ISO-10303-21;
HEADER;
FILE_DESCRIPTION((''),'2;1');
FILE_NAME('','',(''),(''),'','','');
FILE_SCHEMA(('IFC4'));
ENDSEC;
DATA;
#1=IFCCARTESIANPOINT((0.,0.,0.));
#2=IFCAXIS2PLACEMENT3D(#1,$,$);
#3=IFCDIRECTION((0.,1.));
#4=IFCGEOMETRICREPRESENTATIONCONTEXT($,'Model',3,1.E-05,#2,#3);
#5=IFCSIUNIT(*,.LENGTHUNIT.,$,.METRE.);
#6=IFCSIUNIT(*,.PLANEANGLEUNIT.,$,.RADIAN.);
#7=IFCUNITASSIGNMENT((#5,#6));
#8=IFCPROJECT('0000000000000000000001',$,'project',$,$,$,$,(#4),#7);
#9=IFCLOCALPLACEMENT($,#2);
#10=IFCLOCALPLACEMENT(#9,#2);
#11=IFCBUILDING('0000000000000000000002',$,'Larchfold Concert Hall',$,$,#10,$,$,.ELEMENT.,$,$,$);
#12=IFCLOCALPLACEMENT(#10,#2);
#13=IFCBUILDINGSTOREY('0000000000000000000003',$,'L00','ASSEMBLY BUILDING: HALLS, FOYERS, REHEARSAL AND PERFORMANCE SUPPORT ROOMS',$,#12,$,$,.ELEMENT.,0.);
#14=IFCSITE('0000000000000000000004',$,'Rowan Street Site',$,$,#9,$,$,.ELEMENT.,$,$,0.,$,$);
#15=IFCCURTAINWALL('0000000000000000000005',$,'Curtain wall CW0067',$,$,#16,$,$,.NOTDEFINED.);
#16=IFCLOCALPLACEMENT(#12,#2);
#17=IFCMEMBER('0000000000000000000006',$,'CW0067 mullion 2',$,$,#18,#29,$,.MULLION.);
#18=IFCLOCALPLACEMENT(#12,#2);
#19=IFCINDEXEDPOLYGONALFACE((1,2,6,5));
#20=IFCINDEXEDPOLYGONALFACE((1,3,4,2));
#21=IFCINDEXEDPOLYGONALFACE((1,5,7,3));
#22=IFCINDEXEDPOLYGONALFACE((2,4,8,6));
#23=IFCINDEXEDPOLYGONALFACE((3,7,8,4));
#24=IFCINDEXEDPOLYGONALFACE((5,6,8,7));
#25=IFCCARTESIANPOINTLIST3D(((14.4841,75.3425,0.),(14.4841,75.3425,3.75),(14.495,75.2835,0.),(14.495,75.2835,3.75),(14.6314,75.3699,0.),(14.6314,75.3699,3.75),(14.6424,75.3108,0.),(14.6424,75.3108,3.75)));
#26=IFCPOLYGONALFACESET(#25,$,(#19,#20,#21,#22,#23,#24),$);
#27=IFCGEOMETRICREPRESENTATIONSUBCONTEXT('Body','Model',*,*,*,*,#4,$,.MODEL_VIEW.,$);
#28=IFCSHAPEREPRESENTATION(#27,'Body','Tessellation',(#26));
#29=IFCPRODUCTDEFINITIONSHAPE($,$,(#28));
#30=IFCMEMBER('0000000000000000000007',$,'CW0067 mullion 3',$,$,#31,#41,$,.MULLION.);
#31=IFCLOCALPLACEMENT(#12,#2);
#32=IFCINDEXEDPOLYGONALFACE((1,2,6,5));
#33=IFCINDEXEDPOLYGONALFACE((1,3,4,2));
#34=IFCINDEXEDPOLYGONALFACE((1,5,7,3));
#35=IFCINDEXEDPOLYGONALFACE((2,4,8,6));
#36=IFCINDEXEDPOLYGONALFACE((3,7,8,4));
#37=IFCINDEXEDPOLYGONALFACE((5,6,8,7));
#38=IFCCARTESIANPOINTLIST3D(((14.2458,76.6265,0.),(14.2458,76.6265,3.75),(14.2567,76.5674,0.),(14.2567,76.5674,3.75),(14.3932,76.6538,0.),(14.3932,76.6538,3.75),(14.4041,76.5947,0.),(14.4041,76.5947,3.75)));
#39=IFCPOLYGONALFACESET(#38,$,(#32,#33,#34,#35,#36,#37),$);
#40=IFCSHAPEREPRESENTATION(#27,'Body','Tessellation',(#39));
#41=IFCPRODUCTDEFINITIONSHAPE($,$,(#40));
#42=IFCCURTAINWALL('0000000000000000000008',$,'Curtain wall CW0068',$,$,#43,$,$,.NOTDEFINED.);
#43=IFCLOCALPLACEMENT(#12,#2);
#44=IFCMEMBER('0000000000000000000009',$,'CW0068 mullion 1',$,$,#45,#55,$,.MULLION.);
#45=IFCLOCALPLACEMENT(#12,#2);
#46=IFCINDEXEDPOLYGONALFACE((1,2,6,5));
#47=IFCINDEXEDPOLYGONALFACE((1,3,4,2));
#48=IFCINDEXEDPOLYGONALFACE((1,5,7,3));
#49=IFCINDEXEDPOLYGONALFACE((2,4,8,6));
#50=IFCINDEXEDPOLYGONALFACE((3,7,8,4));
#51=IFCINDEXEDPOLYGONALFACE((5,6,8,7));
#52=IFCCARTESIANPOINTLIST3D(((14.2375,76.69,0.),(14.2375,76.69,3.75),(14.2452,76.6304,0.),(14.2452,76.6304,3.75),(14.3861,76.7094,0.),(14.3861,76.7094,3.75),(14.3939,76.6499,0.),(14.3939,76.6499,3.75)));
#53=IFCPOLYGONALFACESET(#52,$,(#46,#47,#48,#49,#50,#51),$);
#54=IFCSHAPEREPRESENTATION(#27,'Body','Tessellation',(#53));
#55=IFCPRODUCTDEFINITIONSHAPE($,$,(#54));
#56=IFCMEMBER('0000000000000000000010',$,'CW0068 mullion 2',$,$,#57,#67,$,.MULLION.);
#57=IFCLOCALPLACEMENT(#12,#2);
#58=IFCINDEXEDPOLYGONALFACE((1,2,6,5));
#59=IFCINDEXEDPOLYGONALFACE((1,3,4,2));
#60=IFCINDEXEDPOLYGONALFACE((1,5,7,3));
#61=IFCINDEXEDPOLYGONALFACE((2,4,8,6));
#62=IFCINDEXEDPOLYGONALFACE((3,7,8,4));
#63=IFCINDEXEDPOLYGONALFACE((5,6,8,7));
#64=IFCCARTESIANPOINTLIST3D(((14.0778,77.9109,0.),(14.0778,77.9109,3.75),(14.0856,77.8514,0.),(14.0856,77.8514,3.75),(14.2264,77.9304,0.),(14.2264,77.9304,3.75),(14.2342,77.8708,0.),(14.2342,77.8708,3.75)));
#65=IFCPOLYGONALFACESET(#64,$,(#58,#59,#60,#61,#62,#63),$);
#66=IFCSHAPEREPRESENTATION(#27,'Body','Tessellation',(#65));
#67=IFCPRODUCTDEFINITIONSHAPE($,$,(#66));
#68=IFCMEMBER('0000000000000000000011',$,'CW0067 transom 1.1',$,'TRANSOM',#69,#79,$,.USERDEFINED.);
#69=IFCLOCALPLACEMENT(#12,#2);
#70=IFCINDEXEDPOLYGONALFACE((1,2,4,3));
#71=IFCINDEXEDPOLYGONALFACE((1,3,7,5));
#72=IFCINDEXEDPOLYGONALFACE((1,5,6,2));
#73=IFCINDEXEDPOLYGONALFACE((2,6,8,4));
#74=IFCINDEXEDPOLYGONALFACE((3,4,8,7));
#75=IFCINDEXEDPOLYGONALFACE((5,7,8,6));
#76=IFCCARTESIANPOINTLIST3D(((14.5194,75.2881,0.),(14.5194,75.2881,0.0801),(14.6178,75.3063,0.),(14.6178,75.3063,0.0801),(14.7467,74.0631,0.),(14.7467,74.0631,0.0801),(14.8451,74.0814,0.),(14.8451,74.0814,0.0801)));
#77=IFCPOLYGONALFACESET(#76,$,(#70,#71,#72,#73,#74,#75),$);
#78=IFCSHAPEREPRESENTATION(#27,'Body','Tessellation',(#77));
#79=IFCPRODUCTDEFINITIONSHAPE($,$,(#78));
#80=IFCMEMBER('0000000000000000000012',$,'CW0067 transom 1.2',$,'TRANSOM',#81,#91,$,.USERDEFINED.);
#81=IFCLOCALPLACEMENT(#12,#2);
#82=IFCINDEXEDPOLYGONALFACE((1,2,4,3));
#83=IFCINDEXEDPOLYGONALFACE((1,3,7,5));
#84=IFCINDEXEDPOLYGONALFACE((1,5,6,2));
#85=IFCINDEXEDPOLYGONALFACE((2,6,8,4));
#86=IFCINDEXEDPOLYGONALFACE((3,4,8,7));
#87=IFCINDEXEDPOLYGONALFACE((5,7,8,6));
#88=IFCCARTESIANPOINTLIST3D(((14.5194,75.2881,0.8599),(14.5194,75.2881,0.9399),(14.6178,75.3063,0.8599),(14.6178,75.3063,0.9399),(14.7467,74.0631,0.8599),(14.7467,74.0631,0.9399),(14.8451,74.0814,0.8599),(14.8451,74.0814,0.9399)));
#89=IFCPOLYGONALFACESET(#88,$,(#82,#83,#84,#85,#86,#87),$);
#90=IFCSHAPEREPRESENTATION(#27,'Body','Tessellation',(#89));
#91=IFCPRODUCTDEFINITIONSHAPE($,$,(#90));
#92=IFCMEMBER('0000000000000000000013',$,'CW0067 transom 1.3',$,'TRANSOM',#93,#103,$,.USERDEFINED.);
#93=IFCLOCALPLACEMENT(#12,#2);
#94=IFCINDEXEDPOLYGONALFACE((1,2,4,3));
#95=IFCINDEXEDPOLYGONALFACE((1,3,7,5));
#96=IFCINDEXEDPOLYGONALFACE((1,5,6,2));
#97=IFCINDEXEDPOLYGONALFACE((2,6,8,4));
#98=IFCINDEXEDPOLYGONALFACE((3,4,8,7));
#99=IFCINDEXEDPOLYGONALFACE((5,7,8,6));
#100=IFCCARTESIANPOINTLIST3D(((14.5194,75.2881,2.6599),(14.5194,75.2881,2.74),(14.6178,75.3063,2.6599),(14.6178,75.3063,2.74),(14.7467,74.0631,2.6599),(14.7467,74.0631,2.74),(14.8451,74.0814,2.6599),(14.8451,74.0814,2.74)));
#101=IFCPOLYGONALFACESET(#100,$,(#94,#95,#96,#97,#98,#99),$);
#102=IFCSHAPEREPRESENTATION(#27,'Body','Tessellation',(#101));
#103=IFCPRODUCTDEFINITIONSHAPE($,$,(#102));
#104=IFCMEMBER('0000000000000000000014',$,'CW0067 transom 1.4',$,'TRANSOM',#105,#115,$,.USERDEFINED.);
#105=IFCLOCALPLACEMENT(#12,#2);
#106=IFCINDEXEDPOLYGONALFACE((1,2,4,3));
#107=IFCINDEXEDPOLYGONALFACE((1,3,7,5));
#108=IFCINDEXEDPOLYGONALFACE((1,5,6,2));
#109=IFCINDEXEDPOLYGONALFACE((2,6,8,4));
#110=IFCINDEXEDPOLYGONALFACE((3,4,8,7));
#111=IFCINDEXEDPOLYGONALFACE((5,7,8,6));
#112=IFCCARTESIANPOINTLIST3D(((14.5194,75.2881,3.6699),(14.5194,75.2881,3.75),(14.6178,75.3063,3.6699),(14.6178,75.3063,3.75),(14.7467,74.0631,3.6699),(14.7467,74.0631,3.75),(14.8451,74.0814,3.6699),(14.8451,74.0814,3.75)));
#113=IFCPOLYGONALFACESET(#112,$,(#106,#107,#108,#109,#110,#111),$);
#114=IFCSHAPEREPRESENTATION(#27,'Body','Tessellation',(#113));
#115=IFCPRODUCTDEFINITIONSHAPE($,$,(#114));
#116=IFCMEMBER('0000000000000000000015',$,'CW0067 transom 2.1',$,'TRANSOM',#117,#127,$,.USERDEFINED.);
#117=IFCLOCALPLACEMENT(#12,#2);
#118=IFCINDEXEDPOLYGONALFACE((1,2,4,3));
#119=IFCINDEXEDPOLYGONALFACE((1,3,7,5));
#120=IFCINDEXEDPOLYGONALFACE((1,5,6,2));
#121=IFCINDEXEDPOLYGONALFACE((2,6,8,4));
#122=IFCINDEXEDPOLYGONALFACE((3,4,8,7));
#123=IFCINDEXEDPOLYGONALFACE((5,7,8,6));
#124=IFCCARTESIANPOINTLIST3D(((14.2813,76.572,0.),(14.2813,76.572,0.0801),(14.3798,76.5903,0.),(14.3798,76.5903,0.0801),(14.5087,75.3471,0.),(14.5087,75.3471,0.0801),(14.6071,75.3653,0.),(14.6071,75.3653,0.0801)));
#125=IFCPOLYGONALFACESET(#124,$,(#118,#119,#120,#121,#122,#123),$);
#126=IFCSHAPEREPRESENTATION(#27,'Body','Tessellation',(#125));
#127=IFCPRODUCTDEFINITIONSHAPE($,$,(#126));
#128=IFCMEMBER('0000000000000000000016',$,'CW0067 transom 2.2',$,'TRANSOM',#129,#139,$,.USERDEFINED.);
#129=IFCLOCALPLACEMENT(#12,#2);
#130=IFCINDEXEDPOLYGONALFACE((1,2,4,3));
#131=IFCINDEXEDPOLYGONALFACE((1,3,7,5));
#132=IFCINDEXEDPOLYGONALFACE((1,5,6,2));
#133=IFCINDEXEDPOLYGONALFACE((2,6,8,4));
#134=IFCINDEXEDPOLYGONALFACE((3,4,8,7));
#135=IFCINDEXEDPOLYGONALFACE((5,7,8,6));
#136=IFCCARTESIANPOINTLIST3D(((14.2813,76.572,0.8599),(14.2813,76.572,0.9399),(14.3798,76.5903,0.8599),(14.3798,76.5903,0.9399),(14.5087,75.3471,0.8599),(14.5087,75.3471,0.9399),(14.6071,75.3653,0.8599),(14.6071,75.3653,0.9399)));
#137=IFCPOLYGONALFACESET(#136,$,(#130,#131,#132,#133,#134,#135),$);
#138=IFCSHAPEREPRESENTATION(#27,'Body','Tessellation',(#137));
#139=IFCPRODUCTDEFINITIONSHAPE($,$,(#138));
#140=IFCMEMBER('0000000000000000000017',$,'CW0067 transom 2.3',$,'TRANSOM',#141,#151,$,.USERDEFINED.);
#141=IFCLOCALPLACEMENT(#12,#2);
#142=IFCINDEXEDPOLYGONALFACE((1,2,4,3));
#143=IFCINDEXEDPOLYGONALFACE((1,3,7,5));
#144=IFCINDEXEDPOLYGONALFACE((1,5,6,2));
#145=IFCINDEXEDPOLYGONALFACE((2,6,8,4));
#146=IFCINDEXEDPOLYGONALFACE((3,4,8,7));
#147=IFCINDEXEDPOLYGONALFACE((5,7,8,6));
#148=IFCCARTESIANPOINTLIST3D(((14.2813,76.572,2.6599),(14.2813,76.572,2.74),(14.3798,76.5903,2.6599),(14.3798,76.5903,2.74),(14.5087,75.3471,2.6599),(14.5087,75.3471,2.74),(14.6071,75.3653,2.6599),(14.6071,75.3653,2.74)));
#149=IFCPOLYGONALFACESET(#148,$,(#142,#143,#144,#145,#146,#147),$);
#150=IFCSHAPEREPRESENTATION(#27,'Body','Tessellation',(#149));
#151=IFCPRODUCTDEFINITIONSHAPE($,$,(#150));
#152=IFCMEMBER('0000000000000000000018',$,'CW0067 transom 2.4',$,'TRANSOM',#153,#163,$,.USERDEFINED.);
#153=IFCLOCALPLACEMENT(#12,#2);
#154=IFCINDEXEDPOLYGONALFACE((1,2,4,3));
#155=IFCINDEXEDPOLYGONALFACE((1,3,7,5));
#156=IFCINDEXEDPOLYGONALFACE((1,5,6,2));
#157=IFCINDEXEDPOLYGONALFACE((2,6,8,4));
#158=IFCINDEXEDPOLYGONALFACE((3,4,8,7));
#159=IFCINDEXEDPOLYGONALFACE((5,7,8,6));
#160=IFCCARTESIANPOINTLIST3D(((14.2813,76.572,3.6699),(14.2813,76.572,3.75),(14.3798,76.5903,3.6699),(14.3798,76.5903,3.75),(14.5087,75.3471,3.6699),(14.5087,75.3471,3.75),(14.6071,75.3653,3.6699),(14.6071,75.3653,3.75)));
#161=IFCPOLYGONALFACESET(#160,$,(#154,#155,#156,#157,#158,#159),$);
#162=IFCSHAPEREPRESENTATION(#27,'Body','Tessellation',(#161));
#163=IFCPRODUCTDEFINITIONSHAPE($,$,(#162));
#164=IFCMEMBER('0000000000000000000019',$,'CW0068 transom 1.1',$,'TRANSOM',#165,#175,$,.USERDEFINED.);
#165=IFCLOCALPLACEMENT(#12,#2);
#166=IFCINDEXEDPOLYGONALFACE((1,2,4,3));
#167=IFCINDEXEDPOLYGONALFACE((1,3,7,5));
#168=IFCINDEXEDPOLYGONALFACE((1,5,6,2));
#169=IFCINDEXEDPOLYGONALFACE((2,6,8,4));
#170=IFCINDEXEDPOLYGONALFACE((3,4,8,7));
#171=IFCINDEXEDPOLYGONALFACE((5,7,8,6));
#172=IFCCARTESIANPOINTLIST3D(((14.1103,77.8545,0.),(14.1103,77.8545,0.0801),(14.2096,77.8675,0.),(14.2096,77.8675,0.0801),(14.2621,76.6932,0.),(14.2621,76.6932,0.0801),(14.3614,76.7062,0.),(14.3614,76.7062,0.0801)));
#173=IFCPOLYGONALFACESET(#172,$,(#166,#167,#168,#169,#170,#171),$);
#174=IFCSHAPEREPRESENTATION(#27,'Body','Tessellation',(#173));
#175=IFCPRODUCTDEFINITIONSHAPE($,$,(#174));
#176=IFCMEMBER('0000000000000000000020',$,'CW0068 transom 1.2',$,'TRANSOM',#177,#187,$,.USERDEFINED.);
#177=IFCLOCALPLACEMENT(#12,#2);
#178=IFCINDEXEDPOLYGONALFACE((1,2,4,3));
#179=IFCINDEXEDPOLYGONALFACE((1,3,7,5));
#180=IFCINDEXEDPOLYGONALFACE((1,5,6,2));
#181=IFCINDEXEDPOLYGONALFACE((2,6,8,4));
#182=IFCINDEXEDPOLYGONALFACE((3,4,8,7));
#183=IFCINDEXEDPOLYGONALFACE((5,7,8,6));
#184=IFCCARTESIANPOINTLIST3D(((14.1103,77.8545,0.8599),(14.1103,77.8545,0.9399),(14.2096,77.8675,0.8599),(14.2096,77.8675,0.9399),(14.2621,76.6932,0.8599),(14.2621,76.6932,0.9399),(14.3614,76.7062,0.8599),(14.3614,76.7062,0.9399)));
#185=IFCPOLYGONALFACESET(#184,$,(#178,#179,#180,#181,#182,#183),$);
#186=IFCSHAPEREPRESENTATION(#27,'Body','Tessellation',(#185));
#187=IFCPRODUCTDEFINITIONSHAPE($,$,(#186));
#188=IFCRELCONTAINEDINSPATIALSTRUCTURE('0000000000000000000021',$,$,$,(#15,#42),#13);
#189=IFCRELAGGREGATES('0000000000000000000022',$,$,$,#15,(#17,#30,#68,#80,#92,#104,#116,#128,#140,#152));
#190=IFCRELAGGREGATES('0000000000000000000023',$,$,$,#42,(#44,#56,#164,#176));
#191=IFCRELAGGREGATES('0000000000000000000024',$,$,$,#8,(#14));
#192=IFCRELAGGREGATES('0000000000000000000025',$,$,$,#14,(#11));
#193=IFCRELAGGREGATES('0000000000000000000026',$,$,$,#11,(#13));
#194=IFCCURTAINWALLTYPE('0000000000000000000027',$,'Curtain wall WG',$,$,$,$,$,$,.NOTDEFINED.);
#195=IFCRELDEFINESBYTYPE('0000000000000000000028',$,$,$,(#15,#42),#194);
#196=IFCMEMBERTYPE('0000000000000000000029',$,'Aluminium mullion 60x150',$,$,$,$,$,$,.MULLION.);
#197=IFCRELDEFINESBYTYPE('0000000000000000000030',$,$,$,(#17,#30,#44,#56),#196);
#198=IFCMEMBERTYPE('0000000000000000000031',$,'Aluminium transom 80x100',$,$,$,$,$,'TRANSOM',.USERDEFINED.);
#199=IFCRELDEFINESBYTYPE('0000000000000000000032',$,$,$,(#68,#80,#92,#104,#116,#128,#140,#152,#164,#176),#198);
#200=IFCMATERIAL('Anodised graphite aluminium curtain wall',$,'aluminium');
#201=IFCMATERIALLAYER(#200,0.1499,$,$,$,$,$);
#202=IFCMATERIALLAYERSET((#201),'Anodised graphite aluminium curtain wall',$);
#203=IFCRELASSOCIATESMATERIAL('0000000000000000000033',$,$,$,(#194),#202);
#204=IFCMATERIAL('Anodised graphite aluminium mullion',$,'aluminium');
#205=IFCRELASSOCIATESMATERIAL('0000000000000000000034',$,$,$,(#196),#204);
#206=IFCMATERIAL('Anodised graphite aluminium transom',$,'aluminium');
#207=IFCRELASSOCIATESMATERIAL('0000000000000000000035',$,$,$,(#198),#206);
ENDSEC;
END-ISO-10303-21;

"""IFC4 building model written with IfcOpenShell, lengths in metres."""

from ifc_helpers import new_model, si_unit, direction, frame, origin, origin_2d, place, context, subcontext, project, spatial, rectangle, extrude, material, layer, layer_set, material_profile, profile_set, type_object, element, aggregate, save


model = new_model("IFC4")

# Units and contexts
model_context = context("Model", 3, precision=1e-05, world=origin(), true_north=direction((0.0, 1.0)))
body_context = subcontext(model_context, "Body", "Model", "MODEL_VIEW")
ifc_project = project(units=[si_unit("LENGTHUNIT", "METRE"), si_unit("PLANEANGLEUNIT", "RADIAN")], contexts=[model_context])

# Site, building, storey
site_placement = place(None, origin())
site = spatial("IfcSite", under=ifc_project, at=site_placement, Name="Rowan Street Site", CompositionType="ELEMENT", RefElevation=0.0)
building_placement = place(site_placement, origin())
building = spatial("IfcBuilding", under=site, at=building_placement, Name="Larchfold Concert Hall", CompositionType="ELEMENT")
storey_placement = place(building_placement, origin())
storey = spatial("IfcBuildingStorey", under=building, at=storey_placement, Name="L00", Description="ASSEMBLY BUILDING: HALLS, FOYERS, REHEARSAL AND PERFORMANCE SUPPORT ROOMS", CompositionType="ELEMENT", Elevation=0.0)

# Curtain walls, members
ifc_material_1 = material(Name="Anodised graphite aluminium curtain wall", Category="aluminium")
ifc_layer_1 = layer(ifc_material_1, 0.1499)
ifc_layer_set_1 = layer_set([ifc_layer_1], Name="Anodised graphite aluminium curtain wall")
curtain_wall_type = type_object("IfcCurtainWallType", Name="Curtain wall WG", PredefinedType="NOTDEFINED", material=ifc_layer_set_1)
curtain_wall_1_placement = place(storey_placement, origin())
curtain_wall_1 = element("IfcCurtainWall", 1, at=curtain_wall_1_placement, inside=storey, type_object=curtain_wall_type, Name="Curtain wall CW0067", PredefinedType="NOTDEFINED")
ifc_material_2 = material(Name="Anodised graphite aluminium mullion", Category="aluminium")
ifc_material_profile_1 = material_profile(ifc_material_2, rectangle(XDim=0.1499, YDim=0.0601, at=origin_2d()))
ifc_profile_set_1 = profile_set([ifc_material_profile_1], Name="Anodised graphite aluminium mullion")
member_type_1 = type_object("IfcMemberType", Name="Aluminium mullion 60x150", PredefinedType="MULLION", material=ifc_profile_set_1)
member_1_placement = place(storey_placement, frame((14.5632, 75.3267, 0.0), z_axis=(0.0, 0.0, 1.0), x_axis=(-0.983226, -0.18239, 0.0)))
member_1 = element("IfcMember", 2, at=member_1_placement, type_object=member_type_1, Name="CW0067 mullion 2", PredefinedType="MULLION", context=body_context, shape_type="SweptSolid", body=[
    extrude(rectangle(XDim=0.1499, YDim=0.0601, at=origin_2d()), origin(), (0.0, 0.0, 1.0), 3.75),
])
member_2_placement = place(storey_placement, frame((14.325, 76.6106, 0.0), z_axis=(0.0, 0.0, 1.0), x_axis=(-0.983226, -0.18239, 0.0)))
member_2 = element("IfcMember", 3, at=member_2_placement, type_object=member_type_1, Name="CW0067 mullion 3", PredefinedType="MULLION", context=body_context, shape_type="SweptSolid", body=[
    extrude(rectangle(XDim=0.1499, YDim=0.0601, at=origin_2d()), origin(), (0.0, 0.0, 1.0), 3.75),
])
curtain_wall_2_placement = place(storey_placement, origin())
curtain_wall_2 = element("IfcCurtainWall", 4, at=curtain_wall_2_placement, inside=storey, type_object=curtain_wall_type, Name="Curtain wall CW0068", PredefinedType="NOTDEFINED")
member_3_placement = place(storey_placement, frame((14.3157, 76.6699, 0.0), z_axis=(0.0, 0.0, 1.0), x_axis=(-0.991556, -0.129678, 0.0)))
member_3 = element("IfcMember", 5, at=member_3_placement, type_object=member_type_1, Name="CW0068 mullion 1", PredefinedType="MULLION", context=body_context, shape_type="SweptSolid", body=[
    extrude(rectangle(XDim=0.1499, YDim=0.0601, at=origin_2d()), origin(), (0.0, 0.0, 1.0), 3.75),
])
member_4_placement = place(storey_placement, frame((14.156, 77.8909, 0.0), z_axis=(0.0, 0.0, 1.0), x_axis=(-0.991556, -0.129678, 0.0)))
member_4 = element("IfcMember", 6, at=member_4_placement, type_object=member_type_1, Name="CW0068 mullion 2", PredefinedType="MULLION", context=body_context, shape_type="SweptSolid", body=[
    extrude(rectangle(XDim=0.1499, YDim=0.0601, at=origin_2d()), origin(), (0.0, 0.0, 1.0), 3.75),
])

# Members
ifc_material_3 = material(Name="Anodised graphite aluminium transom", Category="aluminium")
ifc_material_profile_2 = material_profile(ifc_material_3, rectangle(XDim=0.1001, YDim=0.0801, at=origin_2d()))
ifc_profile_set_2 = profile_set([ifc_material_profile_2], Name="Anodised graphite aluminium transom")
member_type_2 = type_object("IfcMemberType", Name="Aluminium transom 80x100", ElementType="TRANSOM", PredefinedType="USERDEFINED", material=ifc_profile_set_2)
member_5_placement = place(storey_placement, frame((14.7959, 74.0723, 0.04), z_axis=(-0.182454, 0.983214, 0.0), x_axis=(-0.983214, -0.182454, 0.0)))
member_5 = element("IfcMember", 7, at=member_5_placement, type_object=member_type_2, Name="CW0067 transom 1.1", ObjectType="TRANSOM", PredefinedType="USERDEFINED", context=body_context, shape_type="SweptSolid", body=[
    extrude(rectangle(XDim=0.1001, YDim=0.0801, at=origin_2d()), origin(), (0.0, 0.0, 1.0), 1.2458),
])
member_6_placement = place(storey_placement, frame((14.7959, 74.0723, 0.8999), z_axis=(-0.182454, 0.983214, 0.0), x_axis=(-0.983214, -0.182454, 0.0)))
member_6 = element("IfcMember", 8, at=member_6_placement, type_object=member_type_2, Name="CW0067 transom 1.2", ObjectType="TRANSOM", PredefinedType="USERDEFINED", context=body_context, shape_type="SweptSolid", body=[
    extrude(rectangle(XDim=0.1001, YDim=0.0801, at=origin_2d()), origin(), (0.0, 0.0, 1.0), 1.2458),
])
member_7_placement = place(storey_placement, frame((14.7959, 74.0723, 2.7), z_axis=(-0.182454, 0.983214, 0.0), x_axis=(-0.983214, -0.182454, 0.0)))
member_7 = element("IfcMember", 9, at=member_7_placement, type_object=member_type_2, Name="CW0067 transom 1.3", ObjectType="TRANSOM", PredefinedType="USERDEFINED", context=body_context, shape_type="SweptSolid", body=[
    extrude(rectangle(XDim=0.1001, YDim=0.0801, at=origin_2d()), origin(), (0.0, 0.0, 1.0), 1.2458),
])
member_8_placement = place(storey_placement, frame((14.7959, 74.0723, 3.71), z_axis=(-0.182454, 0.983214, 0.0), x_axis=(-0.983214, -0.182454, 0.0)))
member_8 = element("IfcMember", 10, at=member_8_placement, type_object=member_type_2, Name="CW0067 transom 1.4", ObjectType="TRANSOM", PredefinedType="USERDEFINED", context=body_context, shape_type="SweptSolid", body=[
    extrude(rectangle(XDim=0.1001, YDim=0.0801, at=origin_2d()), origin(), (0.0, 0.0, 1.0), 1.2458),
])
member_9_placement = place(storey_placement, frame((14.5579, 75.3562, 0.04), z_axis=(-0.182454, 0.983214, 0.0), x_axis=(-0.983214, -0.182454, 0.0)))
member_9 = element("IfcMember", 11, at=member_9_placement, type_object=member_type_2, Name="CW0067 transom 2.1", ObjectType="TRANSOM", PredefinedType="USERDEFINED", context=body_context, shape_type="SweptSolid", body=[
    extrude(rectangle(XDim=0.1001, YDim=0.0801, at=origin_2d()), origin(), (0.0, 0.0, 1.0), 1.2458),
])
member_10_placement = place(storey_placement, frame((14.5579, 75.3562, 0.8999), z_axis=(-0.182454, 0.983214, 0.0), x_axis=(-0.983214, -0.182454, 0.0)))
member_10 = element("IfcMember", 12, at=member_10_placement, type_object=member_type_2, Name="CW0067 transom 2.2", ObjectType="TRANSOM", PredefinedType="USERDEFINED", context=body_context, shape_type="SweptSolid", body=[
    extrude(rectangle(XDim=0.1001, YDim=0.0801, at=origin_2d()), origin(), (0.0, 0.0, 1.0), 1.2458),
])
member_11_placement = place(storey_placement, frame((14.5579, 75.3562, 2.7), z_axis=(-0.182454, 0.983214, 0.0), x_axis=(-0.983214, -0.182454, 0.0)))
member_11 = element("IfcMember", 13, at=member_11_placement, type_object=member_type_2, Name="CW0067 transom 2.3", ObjectType="TRANSOM", PredefinedType="USERDEFINED", context=body_context, shape_type="SweptSolid", body=[
    extrude(rectangle(XDim=0.1001, YDim=0.0801, at=origin_2d()), origin(), (0.0, 0.0, 1.0), 1.2458),
])
member_12_placement = place(storey_placement, frame((14.5579, 75.3562, 3.71), z_axis=(-0.182454, 0.983214, 0.0), x_axis=(-0.983214, -0.182454, 0.0)))
member_12 = element("IfcMember", 14, at=member_12_placement, type_object=member_type_2, Name="CW0067 transom 2.4", ObjectType="TRANSOM", PredefinedType="USERDEFINED", context=body_context, shape_type="SweptSolid", body=[
    extrude(rectangle(XDim=0.1001, YDim=0.0801, at=origin_2d()), origin(), (0.0, 0.0, 1.0), 1.2458),
])
member_13_placement = place(storey_placement, frame((14.3118, 76.6997, 0.04), z_axis=(-0.129651, 0.99156, 0.0), x_axis=(-0.99156, -0.129651, 0.0)))
member_13 = element("IfcMember", 15, at=member_13_placement, type_object=member_type_2, Name="CW0068 transom 1.1", ObjectType="TRANSOM", PredefinedType="USERDEFINED", context=body_context, shape_type="SweptSolid", body=[
    extrude(rectangle(XDim=0.1001, YDim=0.0801, at=origin_2d()), origin(), (0.0, 0.0, 1.0), 1.1711),
])
member_14_placement = place(storey_placement, frame((14.3118, 76.6997, 0.8999), z_axis=(-0.129651, 0.99156, 0.0), x_axis=(-0.99156, -0.129651, 0.0)))
member_14 = element("IfcMember", 16, at=member_14_placement, type_object=member_type_2, Name="CW0068 transom 1.2", ObjectType="TRANSOM", PredefinedType="USERDEFINED", context=body_context, shape_type="SweptSolid", body=[
    extrude(rectangle(XDim=0.1001, YDim=0.0801, at=origin_2d()), origin(), (0.0, 0.0, 1.0), 1.1711),
])

aggregate(curtain_wall_1, [member_1, member_2, member_5, member_6, member_7, member_8, member_9, member_10, member_11, member_12])
aggregate(curtain_wall_2, [member_3, member_4, member_13, member_14])

save(model, "model.ifc")
